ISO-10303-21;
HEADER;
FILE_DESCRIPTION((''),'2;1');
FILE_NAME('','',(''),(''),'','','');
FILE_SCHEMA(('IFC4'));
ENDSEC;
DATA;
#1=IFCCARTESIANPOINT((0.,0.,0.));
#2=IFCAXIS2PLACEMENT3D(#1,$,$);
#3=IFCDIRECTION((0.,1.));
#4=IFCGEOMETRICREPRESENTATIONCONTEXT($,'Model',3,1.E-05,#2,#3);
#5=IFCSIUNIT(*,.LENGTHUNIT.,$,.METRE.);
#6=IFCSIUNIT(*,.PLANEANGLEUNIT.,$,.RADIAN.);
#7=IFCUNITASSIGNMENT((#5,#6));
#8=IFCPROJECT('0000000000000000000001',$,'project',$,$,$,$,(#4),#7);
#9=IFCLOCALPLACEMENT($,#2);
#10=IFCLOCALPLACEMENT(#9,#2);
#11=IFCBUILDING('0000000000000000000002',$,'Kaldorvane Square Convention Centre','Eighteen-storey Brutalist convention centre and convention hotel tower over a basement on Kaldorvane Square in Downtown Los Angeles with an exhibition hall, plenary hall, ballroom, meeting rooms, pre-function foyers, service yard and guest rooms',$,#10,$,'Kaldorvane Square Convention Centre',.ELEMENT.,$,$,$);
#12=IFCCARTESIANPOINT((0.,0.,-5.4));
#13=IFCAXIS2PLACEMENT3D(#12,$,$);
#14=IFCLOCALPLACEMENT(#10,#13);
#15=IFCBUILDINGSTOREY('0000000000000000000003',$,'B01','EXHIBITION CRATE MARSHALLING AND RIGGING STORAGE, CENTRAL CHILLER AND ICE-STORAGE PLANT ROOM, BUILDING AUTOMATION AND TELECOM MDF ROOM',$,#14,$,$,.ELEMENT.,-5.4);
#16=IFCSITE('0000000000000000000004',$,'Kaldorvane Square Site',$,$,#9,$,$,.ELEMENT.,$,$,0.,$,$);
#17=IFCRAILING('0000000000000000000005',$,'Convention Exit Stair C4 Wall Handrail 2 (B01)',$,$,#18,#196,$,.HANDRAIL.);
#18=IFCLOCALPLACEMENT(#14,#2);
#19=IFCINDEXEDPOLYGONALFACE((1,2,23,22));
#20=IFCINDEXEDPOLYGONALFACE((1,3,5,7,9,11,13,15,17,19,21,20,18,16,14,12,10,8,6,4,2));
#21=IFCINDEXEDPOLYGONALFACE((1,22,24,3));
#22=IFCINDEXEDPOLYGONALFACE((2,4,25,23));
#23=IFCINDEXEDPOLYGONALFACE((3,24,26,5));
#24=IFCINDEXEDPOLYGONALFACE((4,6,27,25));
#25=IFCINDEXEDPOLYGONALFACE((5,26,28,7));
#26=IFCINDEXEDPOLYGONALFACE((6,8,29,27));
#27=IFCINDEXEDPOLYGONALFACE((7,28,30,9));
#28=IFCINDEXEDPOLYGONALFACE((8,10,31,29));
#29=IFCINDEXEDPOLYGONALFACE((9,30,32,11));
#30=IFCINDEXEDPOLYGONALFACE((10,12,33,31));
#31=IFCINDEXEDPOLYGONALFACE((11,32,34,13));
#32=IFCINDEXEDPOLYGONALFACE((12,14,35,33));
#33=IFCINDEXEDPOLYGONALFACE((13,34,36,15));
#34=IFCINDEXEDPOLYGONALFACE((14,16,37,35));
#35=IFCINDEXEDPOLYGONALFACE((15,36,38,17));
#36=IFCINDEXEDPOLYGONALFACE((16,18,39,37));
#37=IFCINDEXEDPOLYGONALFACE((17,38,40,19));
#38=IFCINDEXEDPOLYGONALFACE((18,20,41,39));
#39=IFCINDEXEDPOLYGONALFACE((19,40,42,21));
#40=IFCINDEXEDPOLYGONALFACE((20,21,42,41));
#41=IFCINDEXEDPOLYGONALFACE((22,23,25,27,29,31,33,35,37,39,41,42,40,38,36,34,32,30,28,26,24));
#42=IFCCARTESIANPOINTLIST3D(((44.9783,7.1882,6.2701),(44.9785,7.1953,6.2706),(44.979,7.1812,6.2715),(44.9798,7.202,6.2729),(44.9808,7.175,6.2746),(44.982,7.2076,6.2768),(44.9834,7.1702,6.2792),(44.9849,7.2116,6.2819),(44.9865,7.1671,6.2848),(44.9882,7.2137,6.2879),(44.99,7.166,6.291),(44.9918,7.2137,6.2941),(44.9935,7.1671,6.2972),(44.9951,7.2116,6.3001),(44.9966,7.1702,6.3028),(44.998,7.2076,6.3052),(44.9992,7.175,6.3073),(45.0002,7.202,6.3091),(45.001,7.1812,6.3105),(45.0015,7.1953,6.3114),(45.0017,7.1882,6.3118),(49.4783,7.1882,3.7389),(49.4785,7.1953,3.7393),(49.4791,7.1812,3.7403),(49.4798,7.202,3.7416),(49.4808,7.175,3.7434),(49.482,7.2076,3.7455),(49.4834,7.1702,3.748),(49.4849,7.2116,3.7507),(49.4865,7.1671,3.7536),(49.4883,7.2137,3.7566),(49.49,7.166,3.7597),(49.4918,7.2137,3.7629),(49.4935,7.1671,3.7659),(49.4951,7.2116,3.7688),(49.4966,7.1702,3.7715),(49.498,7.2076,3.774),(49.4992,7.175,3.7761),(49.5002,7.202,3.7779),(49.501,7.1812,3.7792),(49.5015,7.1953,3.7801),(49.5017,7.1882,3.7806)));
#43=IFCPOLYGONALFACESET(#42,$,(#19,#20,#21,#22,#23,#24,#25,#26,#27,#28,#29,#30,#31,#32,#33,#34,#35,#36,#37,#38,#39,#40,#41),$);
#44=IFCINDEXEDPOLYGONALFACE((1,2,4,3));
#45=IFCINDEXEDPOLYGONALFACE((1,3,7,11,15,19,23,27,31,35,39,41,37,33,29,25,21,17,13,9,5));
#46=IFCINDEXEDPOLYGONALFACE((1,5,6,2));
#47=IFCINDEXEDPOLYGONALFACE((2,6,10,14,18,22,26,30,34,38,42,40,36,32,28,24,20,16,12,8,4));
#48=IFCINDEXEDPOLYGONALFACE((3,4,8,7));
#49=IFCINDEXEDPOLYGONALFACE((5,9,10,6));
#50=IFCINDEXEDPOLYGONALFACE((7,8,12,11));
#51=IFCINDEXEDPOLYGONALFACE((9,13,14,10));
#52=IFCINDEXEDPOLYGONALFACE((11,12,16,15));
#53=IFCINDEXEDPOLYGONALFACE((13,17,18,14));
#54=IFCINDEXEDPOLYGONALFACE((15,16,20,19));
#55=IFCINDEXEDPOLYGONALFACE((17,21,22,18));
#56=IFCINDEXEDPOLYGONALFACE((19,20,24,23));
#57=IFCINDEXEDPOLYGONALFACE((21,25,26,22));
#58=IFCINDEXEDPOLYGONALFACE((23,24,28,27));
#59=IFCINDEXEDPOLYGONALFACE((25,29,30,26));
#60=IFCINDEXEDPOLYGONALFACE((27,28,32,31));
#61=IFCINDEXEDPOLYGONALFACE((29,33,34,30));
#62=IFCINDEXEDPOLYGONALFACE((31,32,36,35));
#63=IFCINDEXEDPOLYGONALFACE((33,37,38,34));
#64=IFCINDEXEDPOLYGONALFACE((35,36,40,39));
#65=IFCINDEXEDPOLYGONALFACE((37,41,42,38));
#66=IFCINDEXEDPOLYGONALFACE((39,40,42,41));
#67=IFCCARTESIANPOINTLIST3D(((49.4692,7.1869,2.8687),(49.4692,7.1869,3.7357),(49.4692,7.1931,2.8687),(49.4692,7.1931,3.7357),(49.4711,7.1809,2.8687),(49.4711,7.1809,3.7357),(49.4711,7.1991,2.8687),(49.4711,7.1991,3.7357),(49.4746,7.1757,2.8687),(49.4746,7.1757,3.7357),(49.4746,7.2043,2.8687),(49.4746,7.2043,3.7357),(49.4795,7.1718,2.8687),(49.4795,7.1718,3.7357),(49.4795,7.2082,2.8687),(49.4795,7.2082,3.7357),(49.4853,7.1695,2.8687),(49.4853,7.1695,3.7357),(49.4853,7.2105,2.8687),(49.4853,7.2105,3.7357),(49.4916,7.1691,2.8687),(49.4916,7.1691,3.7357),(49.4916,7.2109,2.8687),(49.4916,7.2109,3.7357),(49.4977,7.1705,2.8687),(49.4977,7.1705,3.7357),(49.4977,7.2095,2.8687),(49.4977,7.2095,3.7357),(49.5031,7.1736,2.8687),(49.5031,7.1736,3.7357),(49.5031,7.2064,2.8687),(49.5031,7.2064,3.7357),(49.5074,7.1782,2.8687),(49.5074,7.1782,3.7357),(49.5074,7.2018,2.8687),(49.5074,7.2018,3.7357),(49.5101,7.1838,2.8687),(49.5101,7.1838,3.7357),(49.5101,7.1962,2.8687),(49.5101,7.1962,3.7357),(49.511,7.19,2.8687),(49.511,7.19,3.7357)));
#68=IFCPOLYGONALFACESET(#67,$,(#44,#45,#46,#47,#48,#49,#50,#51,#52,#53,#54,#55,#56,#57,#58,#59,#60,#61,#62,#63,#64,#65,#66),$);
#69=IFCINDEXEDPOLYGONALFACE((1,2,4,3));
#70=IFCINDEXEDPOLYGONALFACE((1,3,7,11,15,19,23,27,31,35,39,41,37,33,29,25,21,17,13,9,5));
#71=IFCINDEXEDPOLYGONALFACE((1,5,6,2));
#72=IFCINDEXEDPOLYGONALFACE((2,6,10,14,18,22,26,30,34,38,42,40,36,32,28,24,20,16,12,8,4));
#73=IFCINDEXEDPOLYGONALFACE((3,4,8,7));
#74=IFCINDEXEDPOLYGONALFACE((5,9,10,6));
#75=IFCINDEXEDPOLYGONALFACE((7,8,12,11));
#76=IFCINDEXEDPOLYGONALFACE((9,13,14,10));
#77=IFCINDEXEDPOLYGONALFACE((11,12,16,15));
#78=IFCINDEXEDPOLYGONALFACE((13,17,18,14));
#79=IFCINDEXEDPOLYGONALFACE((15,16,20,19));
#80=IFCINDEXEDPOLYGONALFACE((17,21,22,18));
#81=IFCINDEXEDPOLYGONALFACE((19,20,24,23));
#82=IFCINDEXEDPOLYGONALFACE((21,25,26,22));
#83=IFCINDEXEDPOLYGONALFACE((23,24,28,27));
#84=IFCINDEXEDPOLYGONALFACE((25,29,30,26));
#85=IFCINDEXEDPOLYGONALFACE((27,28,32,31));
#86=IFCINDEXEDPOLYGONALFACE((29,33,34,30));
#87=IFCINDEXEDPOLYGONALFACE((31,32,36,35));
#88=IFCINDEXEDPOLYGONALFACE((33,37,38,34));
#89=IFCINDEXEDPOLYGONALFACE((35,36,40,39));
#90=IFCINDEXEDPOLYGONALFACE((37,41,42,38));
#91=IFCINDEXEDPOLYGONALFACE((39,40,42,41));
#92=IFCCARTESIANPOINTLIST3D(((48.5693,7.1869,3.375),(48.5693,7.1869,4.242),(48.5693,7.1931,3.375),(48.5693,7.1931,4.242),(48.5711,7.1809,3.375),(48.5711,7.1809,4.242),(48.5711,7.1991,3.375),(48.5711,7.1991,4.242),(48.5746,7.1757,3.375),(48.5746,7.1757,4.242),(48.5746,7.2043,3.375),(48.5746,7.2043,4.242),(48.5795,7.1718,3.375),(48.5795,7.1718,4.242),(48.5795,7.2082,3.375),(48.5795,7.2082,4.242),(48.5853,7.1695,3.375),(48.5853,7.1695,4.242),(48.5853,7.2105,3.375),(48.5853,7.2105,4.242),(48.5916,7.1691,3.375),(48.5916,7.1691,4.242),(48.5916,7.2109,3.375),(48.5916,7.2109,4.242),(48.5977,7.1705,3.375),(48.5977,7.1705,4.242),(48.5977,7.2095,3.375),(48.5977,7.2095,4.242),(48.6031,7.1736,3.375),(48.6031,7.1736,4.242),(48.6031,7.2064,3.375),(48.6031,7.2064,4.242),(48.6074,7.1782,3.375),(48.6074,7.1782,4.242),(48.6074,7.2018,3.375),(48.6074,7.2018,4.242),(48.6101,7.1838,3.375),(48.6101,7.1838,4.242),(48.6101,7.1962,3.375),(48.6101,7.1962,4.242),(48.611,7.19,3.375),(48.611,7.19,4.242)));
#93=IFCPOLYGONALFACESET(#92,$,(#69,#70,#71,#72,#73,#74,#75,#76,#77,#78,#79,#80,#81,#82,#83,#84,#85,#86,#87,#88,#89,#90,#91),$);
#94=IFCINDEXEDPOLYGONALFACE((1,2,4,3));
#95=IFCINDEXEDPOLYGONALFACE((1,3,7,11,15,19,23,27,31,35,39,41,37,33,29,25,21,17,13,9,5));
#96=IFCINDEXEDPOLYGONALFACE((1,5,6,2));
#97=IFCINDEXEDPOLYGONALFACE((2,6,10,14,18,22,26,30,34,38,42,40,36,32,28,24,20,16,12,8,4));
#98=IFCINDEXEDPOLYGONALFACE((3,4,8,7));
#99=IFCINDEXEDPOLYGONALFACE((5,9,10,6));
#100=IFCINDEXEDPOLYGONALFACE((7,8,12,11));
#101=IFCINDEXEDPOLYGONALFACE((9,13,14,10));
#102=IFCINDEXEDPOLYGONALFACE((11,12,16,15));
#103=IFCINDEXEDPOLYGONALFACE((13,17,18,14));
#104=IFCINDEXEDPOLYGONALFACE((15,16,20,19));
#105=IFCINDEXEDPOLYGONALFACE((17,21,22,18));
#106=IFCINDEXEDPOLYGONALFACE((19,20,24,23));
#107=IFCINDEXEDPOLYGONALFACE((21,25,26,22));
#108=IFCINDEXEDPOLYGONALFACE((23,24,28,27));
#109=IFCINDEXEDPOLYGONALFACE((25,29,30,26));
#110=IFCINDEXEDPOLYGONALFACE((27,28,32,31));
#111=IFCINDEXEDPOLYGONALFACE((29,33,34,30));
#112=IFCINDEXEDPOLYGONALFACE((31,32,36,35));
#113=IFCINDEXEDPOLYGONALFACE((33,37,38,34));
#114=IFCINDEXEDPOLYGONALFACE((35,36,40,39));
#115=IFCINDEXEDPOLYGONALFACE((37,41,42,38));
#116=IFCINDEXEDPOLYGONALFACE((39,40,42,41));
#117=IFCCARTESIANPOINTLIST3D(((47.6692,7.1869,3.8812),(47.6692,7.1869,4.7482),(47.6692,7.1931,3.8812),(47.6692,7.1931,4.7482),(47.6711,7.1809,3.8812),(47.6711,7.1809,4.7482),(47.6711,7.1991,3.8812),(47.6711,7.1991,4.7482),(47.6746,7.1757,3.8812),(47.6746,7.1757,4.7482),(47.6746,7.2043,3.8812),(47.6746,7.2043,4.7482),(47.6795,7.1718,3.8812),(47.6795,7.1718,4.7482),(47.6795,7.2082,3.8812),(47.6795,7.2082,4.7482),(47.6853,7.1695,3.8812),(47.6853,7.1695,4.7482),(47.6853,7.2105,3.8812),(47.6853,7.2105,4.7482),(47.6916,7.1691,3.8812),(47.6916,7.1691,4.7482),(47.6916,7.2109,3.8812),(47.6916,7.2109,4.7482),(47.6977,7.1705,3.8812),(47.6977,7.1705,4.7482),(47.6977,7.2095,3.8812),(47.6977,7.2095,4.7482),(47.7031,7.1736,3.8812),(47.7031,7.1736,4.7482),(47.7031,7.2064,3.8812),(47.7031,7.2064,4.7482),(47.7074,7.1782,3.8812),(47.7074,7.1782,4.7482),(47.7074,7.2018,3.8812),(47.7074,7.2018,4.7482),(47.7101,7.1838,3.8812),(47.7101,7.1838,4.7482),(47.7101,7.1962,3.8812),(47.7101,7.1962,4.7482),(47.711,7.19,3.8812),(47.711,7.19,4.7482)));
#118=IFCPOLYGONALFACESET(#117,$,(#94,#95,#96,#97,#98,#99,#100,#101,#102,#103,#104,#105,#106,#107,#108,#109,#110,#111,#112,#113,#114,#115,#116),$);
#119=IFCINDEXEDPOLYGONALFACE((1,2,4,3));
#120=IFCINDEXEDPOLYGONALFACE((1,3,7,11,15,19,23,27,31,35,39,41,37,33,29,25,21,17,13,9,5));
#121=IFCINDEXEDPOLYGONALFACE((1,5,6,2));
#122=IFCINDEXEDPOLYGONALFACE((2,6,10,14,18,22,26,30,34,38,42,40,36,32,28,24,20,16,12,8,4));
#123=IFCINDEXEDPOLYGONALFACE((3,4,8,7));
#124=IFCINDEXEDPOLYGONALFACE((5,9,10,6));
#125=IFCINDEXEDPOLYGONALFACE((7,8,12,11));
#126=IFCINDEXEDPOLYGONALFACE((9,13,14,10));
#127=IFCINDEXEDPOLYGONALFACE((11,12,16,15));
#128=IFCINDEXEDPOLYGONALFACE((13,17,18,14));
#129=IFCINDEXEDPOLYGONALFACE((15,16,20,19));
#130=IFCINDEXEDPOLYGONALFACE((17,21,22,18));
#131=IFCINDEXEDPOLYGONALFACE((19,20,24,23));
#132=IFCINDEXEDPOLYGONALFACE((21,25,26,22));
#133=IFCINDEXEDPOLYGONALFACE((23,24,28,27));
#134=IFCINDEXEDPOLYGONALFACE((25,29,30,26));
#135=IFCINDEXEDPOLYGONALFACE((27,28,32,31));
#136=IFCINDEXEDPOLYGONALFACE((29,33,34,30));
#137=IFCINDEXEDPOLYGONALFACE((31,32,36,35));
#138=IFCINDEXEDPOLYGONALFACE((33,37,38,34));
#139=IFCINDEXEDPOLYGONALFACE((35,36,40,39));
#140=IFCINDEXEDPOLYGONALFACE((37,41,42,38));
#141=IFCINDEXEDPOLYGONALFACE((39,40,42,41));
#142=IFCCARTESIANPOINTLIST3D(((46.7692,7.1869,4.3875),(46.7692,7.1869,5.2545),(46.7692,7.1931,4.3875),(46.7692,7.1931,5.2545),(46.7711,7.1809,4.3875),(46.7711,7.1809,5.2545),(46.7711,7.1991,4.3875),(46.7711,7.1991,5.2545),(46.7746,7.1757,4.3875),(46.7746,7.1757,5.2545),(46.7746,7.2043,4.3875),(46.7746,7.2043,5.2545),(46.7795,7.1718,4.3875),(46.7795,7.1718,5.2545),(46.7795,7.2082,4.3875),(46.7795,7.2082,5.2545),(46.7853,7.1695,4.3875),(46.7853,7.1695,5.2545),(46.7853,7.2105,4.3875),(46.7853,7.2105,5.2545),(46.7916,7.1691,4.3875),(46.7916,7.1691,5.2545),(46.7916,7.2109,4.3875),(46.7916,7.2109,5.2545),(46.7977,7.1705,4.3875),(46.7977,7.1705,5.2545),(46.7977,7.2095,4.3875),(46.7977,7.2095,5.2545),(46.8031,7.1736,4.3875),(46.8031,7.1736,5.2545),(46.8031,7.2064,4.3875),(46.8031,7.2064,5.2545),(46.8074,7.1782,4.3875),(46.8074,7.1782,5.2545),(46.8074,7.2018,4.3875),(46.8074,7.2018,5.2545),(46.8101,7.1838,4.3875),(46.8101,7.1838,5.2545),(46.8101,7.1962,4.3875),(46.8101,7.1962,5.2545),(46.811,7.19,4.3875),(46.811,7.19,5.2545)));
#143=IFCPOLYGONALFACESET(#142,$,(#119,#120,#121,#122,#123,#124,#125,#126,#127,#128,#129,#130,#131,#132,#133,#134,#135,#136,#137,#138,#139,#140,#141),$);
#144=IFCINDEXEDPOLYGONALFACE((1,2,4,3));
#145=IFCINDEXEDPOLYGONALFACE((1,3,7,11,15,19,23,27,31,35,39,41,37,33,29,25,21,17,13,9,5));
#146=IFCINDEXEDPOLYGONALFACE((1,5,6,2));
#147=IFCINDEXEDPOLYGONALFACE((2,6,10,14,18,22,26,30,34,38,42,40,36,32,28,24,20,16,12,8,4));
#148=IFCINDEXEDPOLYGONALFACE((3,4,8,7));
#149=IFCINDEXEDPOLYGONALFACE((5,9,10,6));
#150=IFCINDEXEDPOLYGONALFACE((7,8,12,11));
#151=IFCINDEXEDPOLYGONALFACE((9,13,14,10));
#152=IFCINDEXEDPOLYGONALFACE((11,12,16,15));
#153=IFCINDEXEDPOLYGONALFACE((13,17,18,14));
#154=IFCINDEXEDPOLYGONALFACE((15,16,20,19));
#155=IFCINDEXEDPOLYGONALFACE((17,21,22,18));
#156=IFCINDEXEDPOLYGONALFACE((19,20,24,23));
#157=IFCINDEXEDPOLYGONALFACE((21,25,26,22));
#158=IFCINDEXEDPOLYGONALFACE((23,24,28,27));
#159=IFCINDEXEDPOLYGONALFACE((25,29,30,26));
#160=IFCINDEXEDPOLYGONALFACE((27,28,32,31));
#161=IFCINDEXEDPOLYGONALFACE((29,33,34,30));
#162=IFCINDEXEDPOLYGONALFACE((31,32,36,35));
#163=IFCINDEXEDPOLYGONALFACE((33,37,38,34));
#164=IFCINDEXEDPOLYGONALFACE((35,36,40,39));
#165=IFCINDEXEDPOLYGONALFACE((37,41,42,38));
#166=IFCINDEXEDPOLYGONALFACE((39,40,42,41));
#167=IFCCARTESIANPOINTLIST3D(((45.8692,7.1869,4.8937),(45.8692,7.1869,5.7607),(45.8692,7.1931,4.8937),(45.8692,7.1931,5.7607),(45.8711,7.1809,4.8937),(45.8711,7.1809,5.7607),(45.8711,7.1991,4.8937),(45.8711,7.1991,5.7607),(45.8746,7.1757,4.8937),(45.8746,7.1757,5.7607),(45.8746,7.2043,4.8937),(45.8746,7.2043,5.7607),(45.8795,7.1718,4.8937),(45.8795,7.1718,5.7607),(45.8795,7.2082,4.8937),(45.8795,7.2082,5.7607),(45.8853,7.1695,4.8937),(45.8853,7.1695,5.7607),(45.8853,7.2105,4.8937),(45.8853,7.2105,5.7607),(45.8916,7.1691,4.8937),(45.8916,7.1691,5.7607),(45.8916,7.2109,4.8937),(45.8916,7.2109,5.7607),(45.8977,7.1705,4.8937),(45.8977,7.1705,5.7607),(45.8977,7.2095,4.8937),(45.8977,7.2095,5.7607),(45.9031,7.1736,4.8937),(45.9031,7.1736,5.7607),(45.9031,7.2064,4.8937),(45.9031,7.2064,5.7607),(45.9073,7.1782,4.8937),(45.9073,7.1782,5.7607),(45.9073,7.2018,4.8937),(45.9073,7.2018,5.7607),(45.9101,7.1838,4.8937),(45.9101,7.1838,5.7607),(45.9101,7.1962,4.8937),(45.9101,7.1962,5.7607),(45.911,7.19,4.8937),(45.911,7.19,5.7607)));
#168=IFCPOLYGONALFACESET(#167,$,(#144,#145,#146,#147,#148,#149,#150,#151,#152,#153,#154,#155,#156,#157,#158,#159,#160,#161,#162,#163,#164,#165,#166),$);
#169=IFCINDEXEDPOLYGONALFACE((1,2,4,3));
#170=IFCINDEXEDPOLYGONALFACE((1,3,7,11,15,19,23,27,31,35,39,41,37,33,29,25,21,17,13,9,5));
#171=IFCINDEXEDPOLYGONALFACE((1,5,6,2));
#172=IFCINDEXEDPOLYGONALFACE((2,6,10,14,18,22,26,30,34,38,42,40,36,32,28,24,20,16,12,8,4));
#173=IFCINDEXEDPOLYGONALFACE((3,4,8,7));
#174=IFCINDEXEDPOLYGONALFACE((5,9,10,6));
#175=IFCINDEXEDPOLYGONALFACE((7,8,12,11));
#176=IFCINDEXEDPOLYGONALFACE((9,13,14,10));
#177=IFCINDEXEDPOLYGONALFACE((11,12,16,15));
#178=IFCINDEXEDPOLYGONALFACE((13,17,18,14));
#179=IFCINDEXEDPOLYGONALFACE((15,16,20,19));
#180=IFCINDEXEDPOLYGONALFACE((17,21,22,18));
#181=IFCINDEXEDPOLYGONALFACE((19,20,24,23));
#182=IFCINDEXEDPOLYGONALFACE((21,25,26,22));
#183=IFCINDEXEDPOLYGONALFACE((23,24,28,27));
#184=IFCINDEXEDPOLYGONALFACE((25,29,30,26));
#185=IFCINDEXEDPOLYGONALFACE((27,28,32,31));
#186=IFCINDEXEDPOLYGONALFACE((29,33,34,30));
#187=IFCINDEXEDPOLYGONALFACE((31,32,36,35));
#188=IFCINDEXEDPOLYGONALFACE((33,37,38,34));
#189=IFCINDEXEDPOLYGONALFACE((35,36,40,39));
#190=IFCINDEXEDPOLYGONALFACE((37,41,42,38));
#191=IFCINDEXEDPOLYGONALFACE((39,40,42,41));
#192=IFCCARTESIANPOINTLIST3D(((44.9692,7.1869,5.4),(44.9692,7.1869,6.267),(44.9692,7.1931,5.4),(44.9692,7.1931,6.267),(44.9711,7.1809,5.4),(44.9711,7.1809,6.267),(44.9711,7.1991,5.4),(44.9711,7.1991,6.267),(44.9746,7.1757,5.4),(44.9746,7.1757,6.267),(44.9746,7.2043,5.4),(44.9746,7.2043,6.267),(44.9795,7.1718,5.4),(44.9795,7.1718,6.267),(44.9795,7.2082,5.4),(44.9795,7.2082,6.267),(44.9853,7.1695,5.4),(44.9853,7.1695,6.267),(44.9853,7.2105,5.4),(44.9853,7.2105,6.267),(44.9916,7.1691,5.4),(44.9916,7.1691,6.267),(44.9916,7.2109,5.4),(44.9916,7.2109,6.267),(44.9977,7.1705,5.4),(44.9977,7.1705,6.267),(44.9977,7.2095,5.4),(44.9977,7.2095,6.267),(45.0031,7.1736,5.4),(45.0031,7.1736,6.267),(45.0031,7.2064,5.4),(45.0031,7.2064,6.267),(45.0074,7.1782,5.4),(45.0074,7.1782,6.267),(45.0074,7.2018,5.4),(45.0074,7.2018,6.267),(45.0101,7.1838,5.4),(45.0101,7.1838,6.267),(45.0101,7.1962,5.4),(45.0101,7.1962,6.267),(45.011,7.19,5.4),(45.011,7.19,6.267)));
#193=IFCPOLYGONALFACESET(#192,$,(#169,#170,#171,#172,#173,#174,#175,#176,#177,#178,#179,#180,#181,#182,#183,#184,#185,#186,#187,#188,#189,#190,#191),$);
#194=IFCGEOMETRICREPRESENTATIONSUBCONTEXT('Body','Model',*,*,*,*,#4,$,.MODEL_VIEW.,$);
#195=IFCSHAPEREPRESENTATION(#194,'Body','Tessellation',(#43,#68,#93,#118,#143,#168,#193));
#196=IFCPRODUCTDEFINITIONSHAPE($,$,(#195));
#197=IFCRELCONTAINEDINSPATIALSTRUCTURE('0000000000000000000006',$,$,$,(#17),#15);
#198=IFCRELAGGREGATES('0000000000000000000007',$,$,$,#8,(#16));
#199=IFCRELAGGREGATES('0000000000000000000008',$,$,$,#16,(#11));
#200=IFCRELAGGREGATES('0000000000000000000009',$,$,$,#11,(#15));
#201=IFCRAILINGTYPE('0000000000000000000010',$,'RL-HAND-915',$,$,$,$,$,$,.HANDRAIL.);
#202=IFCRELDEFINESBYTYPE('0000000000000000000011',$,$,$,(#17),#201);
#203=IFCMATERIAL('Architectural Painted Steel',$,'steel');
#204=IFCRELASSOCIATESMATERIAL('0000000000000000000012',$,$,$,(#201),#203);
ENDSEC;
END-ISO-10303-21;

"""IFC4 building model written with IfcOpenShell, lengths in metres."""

from ifc_helpers import new_model, si_unit, direction, frame, origin, origin_2d, place, context, subcontext, project, spatial, circle, extrude, material, type_object, element, save


model = new_model("IFC4")

# Units and contexts
model_context = context("Model", 3, precision=1e-05, world=origin(), true_north=direction((0.0, 1.0)))
body_context = subcontext(model_context, "Body", "Model", "MODEL_VIEW")
ifc_project = project(units=[si_unit("LENGTHUNIT", "METRE"), si_unit("PLANEANGLEUNIT", "RADIAN")], contexts=[model_context])

# Site, building, storey
site_placement = place(None, origin())
site = spatial("IfcSite", under=ifc_project, at=site_placement, Name="Kaldorvane Square Site", CompositionType="ELEMENT", RefElevation=0.0)
building_placement = place(site_placement, origin())
building = spatial("IfcBuilding", under=site, at=building_placement, Name="Kaldorvane Square Convention Centre", Description="Eighteen-storey Brutalist convention centre and convention hotel tower over a basement on Kaldorvane Square in Downtown Los Angeles with an exhibition hall, plenary hall, ballroom, meeting rooms, pre-function foyers, service yard and guest rooms", LongName="Kaldorvane Square Convention Centre", CompositionType="ELEMENT")
storey_placement = place(building_placement, frame((0.0, 0.0, -5.4)))
storey = spatial("IfcBuildingStorey", under=building, at=storey_placement, Name="B01", Description="EXHIBITION CRATE MARSHALLING AND RIGGING STORAGE, CENTRAL CHILLER AND ICE-STORAGE PLANT ROOM, BUILDING AUTOMATION AND TELECOM MDF ROOM", CompositionType="ELEMENT", Elevation=-5.4)

# Railing
ifc_material_1 = material(Name="Architectural Painted Steel", Category="steel")
railing_type = type_object("IfcRailingType", Name="RL-HAND-915", PredefinedType="HANDRAIL", material=ifc_material_1)
railing_placement = place(storey_placement, frame((49.49, 7.19, 2.8687)))
element("IfcRailing", 1, at=railing_placement, inside=storey, type_object=railing_type, Name="Convention Exit Stair C4 Wall Handrail 2 (B01)", PredefinedType="HANDRAIL", context=body_context, shape_type="SweptSolid", body=[
    extrude(circle(Radius=0.024, at=origin_2d()), frame((0.0, 0.0, 0.891), z_axis=(-0.871576, 0.0, 0.490261), x_axis=(0.0, -1.0, 0.0)), (0.0, 0.0, 1.0), 5.1631),
    extrude(circle(Radius=0.021, at=origin_2d()), origin(), (0.0, 0.0, 1.0), 0.867),
    extrude(circle(Radius=0.021, at=origin_2d()), frame((-0.9, 0.0, 0.5063)), (0.0, 0.0, 1.0), 0.867),
    extrude(circle(Radius=0.021, at=origin_2d()), frame((-1.8, 0.0, 1.0125)), (0.0, 0.0, 1.0), 0.867),
    extrude(circle(Radius=0.021, at=origin_2d()), frame((-2.7, 0.0, 1.5188)), (0.0, 0.0, 1.0), 0.867),
    extrude(circle(Radius=0.021, at=origin_2d()), frame((-3.6, 0.0, 2.025)), (0.0, 0.0, 1.0), 0.867),
    extrude(circle(Radius=0.021, at=origin_2d()), frame((-4.5, 0.0, 2.5312)), (0.0, 0.0, 1.0), 0.867),
])

save(model, "model.ifc")
